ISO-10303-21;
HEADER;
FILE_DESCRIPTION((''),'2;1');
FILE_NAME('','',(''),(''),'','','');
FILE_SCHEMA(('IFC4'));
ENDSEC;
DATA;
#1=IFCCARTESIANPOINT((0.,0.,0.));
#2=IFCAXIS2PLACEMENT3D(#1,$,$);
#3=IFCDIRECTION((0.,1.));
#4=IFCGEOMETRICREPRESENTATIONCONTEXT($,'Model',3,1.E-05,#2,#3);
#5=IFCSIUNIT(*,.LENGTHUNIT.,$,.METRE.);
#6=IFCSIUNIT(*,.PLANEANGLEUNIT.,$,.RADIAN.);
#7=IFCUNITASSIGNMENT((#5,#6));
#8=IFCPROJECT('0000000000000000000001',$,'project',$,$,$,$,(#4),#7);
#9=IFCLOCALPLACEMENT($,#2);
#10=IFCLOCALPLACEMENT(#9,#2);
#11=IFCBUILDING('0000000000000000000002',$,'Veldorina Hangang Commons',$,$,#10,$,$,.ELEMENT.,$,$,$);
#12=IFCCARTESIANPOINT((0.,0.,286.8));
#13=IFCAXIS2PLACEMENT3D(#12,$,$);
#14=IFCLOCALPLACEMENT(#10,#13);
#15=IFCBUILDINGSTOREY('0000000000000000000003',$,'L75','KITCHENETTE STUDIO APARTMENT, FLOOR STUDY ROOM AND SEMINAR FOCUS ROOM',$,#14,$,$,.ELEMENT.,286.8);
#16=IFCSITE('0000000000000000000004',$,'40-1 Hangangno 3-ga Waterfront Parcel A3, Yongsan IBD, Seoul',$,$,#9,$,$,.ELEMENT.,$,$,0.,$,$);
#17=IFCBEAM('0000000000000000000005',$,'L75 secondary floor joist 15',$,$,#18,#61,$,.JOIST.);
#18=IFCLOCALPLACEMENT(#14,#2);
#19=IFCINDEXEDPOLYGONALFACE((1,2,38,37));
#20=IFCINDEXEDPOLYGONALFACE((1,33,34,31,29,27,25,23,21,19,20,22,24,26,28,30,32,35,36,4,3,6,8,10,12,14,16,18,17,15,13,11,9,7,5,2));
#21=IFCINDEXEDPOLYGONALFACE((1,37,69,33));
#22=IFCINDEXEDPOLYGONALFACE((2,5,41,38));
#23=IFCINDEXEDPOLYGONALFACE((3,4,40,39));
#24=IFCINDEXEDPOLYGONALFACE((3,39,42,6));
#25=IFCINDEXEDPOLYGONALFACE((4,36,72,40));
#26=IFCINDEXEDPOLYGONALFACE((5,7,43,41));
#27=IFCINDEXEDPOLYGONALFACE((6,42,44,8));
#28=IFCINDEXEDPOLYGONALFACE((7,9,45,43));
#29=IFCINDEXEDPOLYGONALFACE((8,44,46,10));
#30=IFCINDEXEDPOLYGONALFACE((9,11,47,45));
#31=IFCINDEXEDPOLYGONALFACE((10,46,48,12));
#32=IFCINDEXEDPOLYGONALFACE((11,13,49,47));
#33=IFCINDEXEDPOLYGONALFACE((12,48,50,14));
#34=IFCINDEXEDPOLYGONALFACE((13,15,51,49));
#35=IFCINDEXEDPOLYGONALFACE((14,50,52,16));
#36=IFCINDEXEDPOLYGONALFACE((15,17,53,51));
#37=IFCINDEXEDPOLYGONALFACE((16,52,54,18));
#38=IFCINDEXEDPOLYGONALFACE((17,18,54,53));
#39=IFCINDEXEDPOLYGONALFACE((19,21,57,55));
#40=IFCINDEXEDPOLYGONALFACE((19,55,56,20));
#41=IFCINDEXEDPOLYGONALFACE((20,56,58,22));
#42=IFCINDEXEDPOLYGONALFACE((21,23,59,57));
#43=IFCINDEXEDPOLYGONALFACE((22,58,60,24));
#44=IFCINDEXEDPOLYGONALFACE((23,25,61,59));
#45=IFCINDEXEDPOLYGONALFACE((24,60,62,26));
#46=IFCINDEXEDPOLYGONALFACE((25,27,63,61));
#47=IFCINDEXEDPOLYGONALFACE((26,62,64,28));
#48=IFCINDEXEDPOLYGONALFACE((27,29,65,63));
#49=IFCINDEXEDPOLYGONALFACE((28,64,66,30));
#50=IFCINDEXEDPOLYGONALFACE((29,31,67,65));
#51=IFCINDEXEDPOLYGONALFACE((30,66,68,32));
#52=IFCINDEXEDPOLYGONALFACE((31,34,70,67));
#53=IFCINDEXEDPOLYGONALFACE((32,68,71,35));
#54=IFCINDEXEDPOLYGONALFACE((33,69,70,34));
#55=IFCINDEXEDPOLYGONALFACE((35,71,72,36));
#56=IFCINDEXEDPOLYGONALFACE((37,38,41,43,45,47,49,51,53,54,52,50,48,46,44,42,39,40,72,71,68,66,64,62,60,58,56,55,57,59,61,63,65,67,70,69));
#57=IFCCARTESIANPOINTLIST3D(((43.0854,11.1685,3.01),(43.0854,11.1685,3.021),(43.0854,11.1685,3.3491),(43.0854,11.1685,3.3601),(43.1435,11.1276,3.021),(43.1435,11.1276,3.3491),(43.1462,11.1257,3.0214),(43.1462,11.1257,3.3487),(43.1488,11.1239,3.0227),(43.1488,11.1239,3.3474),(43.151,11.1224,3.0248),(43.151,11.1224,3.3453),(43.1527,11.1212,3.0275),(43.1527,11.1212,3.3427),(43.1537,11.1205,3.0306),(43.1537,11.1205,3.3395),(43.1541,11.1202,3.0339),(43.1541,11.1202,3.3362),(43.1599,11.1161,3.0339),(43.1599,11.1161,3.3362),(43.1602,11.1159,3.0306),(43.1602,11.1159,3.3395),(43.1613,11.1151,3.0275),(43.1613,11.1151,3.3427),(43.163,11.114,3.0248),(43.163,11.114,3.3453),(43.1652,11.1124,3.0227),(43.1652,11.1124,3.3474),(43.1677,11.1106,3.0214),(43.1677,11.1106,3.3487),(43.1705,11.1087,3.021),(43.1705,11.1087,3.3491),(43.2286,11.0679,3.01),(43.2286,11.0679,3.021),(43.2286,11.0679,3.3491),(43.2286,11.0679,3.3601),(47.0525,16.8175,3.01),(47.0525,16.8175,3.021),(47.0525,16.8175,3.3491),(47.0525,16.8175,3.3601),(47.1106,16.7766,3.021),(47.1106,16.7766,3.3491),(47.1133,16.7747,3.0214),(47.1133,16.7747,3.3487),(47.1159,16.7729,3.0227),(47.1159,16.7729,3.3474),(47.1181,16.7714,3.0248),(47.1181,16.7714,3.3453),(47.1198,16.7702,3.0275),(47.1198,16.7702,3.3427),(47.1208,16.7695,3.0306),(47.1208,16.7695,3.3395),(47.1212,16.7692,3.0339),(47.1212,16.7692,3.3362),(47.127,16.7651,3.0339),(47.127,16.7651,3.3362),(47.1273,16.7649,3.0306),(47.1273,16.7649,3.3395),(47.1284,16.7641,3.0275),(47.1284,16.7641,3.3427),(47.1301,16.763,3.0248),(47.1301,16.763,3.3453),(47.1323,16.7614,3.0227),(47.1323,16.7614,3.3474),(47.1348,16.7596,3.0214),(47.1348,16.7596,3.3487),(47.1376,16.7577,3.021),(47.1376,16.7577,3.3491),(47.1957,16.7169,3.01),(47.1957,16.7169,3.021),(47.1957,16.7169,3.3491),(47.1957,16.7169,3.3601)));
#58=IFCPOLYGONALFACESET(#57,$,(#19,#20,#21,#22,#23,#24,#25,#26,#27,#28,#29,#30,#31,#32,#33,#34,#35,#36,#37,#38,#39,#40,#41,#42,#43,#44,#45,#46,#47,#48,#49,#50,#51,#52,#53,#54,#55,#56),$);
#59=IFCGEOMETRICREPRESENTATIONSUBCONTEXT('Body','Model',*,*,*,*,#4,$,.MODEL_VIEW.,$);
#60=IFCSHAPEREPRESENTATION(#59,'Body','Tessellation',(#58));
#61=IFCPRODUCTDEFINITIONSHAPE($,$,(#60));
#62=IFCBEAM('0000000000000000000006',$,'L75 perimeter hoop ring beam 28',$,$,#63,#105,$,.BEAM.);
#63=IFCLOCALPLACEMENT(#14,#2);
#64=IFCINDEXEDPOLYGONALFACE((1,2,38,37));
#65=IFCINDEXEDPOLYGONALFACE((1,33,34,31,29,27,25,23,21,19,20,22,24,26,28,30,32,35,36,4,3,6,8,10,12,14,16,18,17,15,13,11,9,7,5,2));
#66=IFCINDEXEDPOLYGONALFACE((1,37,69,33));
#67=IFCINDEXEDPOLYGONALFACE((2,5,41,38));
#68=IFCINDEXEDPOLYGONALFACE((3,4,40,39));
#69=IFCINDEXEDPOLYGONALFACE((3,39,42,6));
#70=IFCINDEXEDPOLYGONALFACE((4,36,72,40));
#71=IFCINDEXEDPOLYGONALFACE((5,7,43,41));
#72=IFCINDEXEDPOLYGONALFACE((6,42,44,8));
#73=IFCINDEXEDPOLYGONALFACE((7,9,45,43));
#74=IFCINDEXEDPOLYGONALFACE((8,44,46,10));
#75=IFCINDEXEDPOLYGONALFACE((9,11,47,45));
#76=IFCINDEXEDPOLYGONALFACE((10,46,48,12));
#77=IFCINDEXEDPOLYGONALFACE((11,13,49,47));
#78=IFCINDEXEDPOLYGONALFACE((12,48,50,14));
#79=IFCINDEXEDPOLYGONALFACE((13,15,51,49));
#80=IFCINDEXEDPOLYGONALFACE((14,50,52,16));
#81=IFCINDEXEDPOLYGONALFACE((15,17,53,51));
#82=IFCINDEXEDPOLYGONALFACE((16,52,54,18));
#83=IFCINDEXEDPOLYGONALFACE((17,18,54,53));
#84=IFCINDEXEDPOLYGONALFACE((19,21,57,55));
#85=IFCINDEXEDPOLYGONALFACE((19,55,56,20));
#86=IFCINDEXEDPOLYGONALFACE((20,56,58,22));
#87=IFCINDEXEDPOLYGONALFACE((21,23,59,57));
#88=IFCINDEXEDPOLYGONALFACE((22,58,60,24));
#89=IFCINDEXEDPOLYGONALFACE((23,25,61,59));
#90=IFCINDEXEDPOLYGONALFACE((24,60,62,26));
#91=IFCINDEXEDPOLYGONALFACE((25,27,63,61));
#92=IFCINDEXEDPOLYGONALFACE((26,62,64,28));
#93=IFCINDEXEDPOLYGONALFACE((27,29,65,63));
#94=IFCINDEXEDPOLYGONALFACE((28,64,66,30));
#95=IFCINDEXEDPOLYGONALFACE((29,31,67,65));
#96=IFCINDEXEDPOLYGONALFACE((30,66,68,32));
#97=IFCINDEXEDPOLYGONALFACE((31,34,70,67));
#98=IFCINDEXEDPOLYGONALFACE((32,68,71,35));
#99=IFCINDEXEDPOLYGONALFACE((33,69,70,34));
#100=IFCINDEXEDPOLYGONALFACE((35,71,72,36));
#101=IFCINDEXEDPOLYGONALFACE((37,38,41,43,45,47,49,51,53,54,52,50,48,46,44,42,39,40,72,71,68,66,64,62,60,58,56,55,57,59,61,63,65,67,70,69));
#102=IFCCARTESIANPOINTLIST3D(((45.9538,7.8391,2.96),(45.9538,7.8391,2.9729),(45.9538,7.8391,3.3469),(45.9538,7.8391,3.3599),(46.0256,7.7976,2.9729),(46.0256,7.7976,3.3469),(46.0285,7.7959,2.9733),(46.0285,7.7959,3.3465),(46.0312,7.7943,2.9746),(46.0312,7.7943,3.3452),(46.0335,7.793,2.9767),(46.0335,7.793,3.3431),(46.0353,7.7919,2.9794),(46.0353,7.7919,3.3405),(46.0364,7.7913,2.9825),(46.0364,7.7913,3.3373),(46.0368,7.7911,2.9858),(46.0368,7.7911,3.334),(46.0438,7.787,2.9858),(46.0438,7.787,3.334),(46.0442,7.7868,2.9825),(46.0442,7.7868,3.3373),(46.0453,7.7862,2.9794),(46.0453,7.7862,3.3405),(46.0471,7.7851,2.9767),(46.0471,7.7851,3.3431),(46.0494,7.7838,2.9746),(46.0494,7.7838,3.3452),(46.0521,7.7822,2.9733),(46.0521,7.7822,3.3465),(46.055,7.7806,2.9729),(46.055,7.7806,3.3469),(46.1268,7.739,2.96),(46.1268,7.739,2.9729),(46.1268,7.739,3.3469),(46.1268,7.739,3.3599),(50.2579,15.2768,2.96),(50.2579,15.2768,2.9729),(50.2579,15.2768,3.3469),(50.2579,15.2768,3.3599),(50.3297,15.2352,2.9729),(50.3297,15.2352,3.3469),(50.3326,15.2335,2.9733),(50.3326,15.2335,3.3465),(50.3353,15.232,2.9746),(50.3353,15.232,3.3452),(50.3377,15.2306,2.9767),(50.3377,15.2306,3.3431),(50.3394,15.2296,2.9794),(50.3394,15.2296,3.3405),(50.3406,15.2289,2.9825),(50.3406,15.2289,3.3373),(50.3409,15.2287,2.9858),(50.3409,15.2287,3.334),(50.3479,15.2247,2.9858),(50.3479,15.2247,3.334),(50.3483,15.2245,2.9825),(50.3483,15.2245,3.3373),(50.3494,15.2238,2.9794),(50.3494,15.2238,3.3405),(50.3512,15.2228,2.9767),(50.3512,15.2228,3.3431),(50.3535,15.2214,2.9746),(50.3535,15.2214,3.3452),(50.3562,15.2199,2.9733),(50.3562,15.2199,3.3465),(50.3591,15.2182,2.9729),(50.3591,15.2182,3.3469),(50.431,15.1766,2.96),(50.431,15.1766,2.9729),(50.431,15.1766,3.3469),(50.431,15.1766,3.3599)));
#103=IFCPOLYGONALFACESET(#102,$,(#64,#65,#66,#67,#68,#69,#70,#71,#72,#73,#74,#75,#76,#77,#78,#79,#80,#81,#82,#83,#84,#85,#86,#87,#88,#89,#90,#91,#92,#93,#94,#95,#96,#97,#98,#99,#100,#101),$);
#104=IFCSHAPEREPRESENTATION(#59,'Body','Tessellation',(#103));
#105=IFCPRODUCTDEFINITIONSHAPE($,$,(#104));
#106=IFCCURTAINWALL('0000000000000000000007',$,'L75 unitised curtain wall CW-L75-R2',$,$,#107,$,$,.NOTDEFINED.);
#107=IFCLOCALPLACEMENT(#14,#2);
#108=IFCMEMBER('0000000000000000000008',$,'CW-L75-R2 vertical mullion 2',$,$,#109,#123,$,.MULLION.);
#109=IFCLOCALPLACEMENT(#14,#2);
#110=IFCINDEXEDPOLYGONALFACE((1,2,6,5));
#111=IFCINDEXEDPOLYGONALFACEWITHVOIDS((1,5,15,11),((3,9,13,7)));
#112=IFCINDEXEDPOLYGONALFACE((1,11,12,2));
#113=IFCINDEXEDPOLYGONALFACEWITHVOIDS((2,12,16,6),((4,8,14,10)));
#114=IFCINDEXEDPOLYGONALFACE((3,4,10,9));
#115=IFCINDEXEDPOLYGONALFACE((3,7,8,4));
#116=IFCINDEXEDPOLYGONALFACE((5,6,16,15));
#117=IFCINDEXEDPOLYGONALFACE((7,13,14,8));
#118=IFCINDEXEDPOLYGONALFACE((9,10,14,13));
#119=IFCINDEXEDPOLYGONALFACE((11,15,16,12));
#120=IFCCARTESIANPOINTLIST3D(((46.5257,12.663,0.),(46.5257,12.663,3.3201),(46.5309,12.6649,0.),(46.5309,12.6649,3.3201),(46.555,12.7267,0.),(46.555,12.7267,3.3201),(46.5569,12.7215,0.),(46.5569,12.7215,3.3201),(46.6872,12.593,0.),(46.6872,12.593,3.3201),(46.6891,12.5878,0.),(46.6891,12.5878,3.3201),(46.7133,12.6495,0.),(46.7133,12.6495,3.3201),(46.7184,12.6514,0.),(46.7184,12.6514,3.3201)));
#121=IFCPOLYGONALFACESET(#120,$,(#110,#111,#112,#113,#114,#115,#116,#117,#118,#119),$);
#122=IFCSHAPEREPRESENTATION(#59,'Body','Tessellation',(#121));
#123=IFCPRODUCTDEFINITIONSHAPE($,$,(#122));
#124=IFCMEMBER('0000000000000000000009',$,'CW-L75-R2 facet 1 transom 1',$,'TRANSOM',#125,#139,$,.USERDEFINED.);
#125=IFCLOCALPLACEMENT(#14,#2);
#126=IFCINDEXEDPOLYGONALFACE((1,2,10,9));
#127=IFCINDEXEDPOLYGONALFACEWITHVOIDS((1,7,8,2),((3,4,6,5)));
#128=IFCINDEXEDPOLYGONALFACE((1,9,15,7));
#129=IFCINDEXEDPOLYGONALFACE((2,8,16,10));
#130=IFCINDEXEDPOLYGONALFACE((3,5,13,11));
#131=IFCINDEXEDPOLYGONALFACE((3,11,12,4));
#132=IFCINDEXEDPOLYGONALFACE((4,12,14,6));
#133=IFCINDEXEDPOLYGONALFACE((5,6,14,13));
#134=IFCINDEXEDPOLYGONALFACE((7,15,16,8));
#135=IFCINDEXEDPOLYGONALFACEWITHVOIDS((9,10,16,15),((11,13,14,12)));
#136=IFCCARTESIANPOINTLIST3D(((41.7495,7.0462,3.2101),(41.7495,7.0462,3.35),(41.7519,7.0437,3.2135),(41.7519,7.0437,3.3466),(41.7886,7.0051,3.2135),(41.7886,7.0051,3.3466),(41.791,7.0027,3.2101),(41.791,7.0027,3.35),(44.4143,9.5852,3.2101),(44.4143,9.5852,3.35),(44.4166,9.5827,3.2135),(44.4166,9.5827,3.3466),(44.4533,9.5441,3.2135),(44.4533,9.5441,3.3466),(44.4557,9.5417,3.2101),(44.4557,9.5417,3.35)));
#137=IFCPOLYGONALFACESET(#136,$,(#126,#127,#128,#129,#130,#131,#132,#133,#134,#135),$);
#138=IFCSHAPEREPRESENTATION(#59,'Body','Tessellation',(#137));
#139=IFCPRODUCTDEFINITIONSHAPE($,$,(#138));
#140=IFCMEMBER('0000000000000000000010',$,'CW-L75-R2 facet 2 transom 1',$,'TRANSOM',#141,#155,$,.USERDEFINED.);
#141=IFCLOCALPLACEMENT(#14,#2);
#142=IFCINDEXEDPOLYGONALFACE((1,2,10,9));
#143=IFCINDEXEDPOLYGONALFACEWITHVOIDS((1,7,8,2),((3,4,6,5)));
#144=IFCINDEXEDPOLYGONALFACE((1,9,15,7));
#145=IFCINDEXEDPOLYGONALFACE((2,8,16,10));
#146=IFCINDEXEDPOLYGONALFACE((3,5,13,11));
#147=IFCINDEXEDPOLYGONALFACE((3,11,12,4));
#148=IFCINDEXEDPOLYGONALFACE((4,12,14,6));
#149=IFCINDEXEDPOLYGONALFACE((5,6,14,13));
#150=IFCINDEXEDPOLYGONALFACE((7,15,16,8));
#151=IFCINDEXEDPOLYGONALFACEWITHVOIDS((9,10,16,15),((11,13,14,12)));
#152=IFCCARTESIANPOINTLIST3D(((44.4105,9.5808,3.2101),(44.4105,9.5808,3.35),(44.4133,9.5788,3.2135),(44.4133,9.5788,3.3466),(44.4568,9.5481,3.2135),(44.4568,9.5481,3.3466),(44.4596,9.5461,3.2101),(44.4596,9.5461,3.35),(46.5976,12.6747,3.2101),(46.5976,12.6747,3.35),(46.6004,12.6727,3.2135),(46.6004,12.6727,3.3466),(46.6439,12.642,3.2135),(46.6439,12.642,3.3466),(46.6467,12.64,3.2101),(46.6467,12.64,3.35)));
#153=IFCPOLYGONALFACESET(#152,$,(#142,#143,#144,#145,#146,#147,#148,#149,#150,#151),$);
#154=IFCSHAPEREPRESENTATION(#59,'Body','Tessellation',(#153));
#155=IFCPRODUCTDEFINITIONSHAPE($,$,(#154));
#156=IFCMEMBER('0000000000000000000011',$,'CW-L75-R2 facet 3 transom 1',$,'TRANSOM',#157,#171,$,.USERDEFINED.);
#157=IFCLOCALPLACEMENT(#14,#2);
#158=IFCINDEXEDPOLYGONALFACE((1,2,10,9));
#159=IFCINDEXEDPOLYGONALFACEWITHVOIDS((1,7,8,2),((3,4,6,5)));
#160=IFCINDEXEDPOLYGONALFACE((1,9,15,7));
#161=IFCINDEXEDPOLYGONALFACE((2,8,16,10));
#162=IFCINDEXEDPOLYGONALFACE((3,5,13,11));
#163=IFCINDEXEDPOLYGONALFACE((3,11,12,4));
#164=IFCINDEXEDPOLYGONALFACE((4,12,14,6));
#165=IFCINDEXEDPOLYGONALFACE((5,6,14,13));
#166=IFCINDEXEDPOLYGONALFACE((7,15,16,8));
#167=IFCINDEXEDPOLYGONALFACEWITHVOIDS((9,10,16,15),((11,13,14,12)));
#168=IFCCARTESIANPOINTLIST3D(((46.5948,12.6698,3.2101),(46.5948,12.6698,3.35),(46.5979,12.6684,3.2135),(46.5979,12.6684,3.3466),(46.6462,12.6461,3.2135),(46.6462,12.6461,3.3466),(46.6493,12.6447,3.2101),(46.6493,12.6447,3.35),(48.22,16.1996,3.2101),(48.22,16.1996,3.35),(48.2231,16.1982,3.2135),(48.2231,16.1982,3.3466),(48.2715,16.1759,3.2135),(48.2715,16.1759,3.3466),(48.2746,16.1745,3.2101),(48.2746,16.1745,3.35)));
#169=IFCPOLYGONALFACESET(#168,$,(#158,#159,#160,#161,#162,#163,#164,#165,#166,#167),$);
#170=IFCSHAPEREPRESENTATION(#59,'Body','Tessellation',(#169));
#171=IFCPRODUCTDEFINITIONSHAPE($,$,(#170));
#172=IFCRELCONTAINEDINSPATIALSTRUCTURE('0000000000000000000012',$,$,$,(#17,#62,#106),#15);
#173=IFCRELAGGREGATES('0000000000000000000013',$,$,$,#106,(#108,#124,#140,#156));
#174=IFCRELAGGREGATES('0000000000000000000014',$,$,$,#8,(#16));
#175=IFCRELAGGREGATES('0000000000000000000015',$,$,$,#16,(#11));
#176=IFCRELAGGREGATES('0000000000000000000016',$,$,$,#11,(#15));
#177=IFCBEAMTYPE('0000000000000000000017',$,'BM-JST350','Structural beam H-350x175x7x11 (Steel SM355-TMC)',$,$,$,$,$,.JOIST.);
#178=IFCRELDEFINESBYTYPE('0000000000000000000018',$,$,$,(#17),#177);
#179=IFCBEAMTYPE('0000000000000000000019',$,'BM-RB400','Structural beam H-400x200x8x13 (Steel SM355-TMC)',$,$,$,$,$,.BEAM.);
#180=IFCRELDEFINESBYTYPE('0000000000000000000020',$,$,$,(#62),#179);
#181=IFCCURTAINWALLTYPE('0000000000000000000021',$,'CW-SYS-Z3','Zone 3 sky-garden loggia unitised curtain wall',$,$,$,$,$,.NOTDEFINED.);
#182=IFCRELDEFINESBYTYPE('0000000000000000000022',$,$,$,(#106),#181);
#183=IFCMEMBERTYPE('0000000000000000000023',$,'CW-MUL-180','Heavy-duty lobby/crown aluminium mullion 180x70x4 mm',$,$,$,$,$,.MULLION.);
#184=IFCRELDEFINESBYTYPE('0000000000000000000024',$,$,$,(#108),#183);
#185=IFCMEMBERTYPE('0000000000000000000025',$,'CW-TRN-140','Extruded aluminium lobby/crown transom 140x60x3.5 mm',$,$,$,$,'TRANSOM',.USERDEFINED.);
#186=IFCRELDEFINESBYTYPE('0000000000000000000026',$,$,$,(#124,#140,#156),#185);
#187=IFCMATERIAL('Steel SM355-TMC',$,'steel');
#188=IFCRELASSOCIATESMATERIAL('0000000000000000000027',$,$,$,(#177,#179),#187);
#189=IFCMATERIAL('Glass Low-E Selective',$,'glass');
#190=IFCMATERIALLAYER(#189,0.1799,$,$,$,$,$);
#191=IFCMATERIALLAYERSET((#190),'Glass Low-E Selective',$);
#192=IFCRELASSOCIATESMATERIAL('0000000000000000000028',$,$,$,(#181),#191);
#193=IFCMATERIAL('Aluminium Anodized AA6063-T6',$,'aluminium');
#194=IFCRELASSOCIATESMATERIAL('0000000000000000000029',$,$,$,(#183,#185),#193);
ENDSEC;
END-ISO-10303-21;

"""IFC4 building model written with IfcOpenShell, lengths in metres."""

from ifc_helpers import new_model, si_unit, direction, frame, origin, origin_2d, place, context, subcontext, project, spatial, hollow_rectangle, i_section, extrude, material, layer, layer_set, material_profile, profile_set, type_object, element, aggregate, save


model = new_model("IFC4")

# Units and contexts
model_context = context("Model", 3, precision=1e-05, world=origin(), true_north=direction((0.0, 1.0)))
body_context = subcontext(model_context, "Body", "Model", "MODEL_VIEW")
ifc_project = project(units=[si_unit("LENGTHUNIT", "METRE"), si_unit("PLANEANGLEUNIT", "RADIAN")], contexts=[model_context])

# Site, building, storey
site_placement = place(None, origin())
site = spatial("IfcSite", under=ifc_project, at=site_placement, Name="40-1 Hangangno 3-ga Waterfront Parcel A3, Yongsan IBD, Seoul", CompositionType="ELEMENT", RefElevation=0.0)
building_placement = place(site_placement, origin())
building = spatial("IfcBuilding", under=site, at=building_placement, Name="Veldorina Hangang Commons", CompositionType="ELEMENT")
storey_placement = place(building_placement, frame((0.0, 0.0, 286.8)))
storey = spatial("IfcBuildingStorey", under=building, at=storey_placement, Name="L75", Description="KITCHENETTE STUDIO APARTMENT, FLOOR STUDY ROOM AND SEMINAR FOCUS ROOM", CompositionType="ELEMENT", Elevation=286.8)

# Beams
ifc_material_1 = material(Name="Steel SM355-TMC", Category="steel")
ifc_material_profile_1 = material_profile(ifc_material_1, i_section(OverallWidth=0.175, OverallDepth=0.3501, WebThickness=0.0071, FlangeThickness=0.011, FilletRadius=0.0129, at=origin_2d()), Name="H-350x175x7x11")
ifc_profile_set_1 = profile_set([ifc_material_profile_1], Name="Steel SM355-TMC")
beam_type_1 = type_object("IfcBeamType", Name="BM-JST350", Description="Structural beam H-350x175x7x11 (Steel SM355-TMC)", PredefinedType="JOIST", material=ifc_profile_set_1)
beam_1_placement = place(storey_placement, frame((43.157, 11.1182, 3.1851), z_axis=(0.574706, 0.81836, 0.0), x_axis=(-0.81836, 0.574706, 0.0)))
element("IfcBeam", 1, at=beam_1_placement, inside=storey, type_object=beam_type_1, Name="L75 secondary floor joist 15", PredefinedType="JOIST", context=body_context, shape_type="SweptSolid", body=[
    extrude(i_section(OverallWidth=0.175, OverallDepth=0.3501, WebThickness=0.0071, FlangeThickness=0.011, FilletRadius=0.0129, at=origin_2d()), origin(), (0.0, 0.0, 1.0), 6.9028),
])
ifc_material_profile_2 = material_profile(ifc_material_1, i_section(OverallWidth=0.2, OverallDepth=0.3999, WebThickness=0.0081, FlangeThickness=0.0129, FilletRadius=0.0129, at=origin_2d()), Name="H-400x200x8x13")
ifc_profile_set_2 = profile_set([ifc_material_profile_2], Name="Steel SM355-TMC")
beam_type_2 = type_object("IfcBeamType", Name="BM-RB400", Description="Structural beam H-400x200x8x13 (Steel SM355-TMC)", PredefinedType="BEAM", material=ifc_profile_set_2)
beam_2_placement = place(storey_placement, frame((46.0403, 7.7891, 3.1599), z_axis=(0.500874, 0.86552, 0.0), x_axis=(-0.86552, 0.500874, 0.0)))
element("IfcBeam", 2, at=beam_2_placement, inside=storey, type_object=beam_type_2, Name="L75 perimeter hoop ring beam 28", PredefinedType="BEAM", context=body_context, shape_type="SweptSolid", body=[
    extrude(i_section(OverallWidth=0.2, OverallDepth=0.3999, WebThickness=0.0081, FlangeThickness=0.0129, FilletRadius=0.0129, at=origin_2d()), origin(), (0.0, 0.0, 1.0), 8.5933),
])

# Curtain wall, members
ifc_material_2 = material(Name="Glass Low-E Selective", Category="glass")
ifc_layer_1 = layer(ifc_material_2, 0.1799)
ifc_layer_set_1 = layer_set([ifc_layer_1], Name="Glass Low-E Selective")
curtain_wall_type = type_object("IfcCurtainWallType", Name="CW-SYS-Z3", Description="Zone 3 sky-garden loggia unitised curtain wall", PredefinedType="NOTDEFINED", material=ifc_layer_set_1)
curtain_wall_placement = place(storey_placement, origin())
curtain_wall = element("IfcCurtainWall", 3, at=curtain_wall_placement, inside=storey, type_object=curtain_wall_type, Name="L75 unitised curtain wall CW-L75-R2", PredefinedType="NOTDEFINED")
ifc_material_3 = material(Name="Aluminium Anodized AA6063-T6", Category="aluminium")
ifc_material_profile_3 = material_profile(ifc_material_3, hollow_rectangle(XDim=0.0701, YDim=0.1799, WallThickness=0.0039, at=origin_2d()), Name="ALU-RHS-180x70x4")
ifc_profile_set_3 = profile_set([ifc_material_profile_3], Name="Aluminium Anodized AA6063-T6")
member_type_1 = type_object("IfcMemberType", Name="CW-MUL-180", Description="Heavy-duty lobby/crown aluminium mullion 180x70x4 mm", PredefinedType="MULLION", material=ifc_profile_set_3)
member_1_placement = place(storey_placement, frame((46.6221, 12.6572, 0.0), z_axis=(0.0, 0.0, 1.0), x_axis=(0.418232, 0.90834, 0.0)))
member_1 = element("IfcMember", 4, at=member_1_placement, type_object=member_type_1, Name="CW-L75-R2 vertical mullion 2", PredefinedType="MULLION", context=body_context, shape_type="SweptSolid", body=[
    extrude(hollow_rectangle(XDim=0.0701, YDim=0.1799, WallThickness=0.0039, at=origin_2d()), origin(), (0.0, 0.0, 1.0), 3.3201),
])
ifc_material_profile_4 = material_profile(ifc_material_3, hollow_rectangle(XDim=0.0601, YDim=0.1399, WallThickness=0.0034, at=origin_2d()), Name="ALU-RHS-140x60x3.5")
ifc_profile_set_4 = profile_set([ifc_material_profile_4], Name="Aluminium Anodized AA6063-T6")
member_type_2 = type_object("IfcMemberType", Name="CW-TRN-140", Description="Extruded aluminium lobby/crown transom 140x60x3.5 mm", ElementType="TRANSOM", PredefinedType="USERDEFINED", material=ifc_profile_set_4)
member_2_placement = place(storey_placement, frame((41.7703, 7.0244, 3.28), z_axis=(0.72398, 0.689821, 0.0), x_axis=(-0.689821, 0.72398, 0.0)))
member_2 = element("IfcMember", 5, at=member_2_placement, type_object=member_type_2, Name="CW-L75-R2 facet 1 transom 1", ObjectType="TRANSOM", PredefinedType="USERDEFINED", context=body_context, shape_type="SweptSolid", body=[
    extrude(hollow_rectangle(XDim=0.0601, YDim=0.1399, WallThickness=0.0034, at=origin_2d()), origin(), (0.0, 0.0, 1.0), 3.6807),
])
member_3_placement = place(storey_placement, frame((44.4351, 9.5635, 3.28), z_axis=(0.577245, 0.816571, 0.0), x_axis=(-0.816571, 0.577245, 0.0)))
member_3 = element("IfcMember", 6, at=member_3_placement, type_object=member_type_2, Name="CW-L75-R2 facet 2 transom 1", ObjectType="TRANSOM", PredefinedType="USERDEFINED", context=body_context, shape_type="SweptSolid", body=[
    extrude(hollow_rectangle(XDim=0.0601, YDim=0.1399, WallThickness=0.0034, at=origin_2d()), origin(), (0.0, 0.0, 1.0), 3.7888),
])
member_4_placement = place(storey_placement, frame((46.6221, 12.6572, 3.28), z_axis=(0.418233, 0.90834, 0.0), x_axis=(-0.90834, 0.418233, 0.0)))
member_4 = element("IfcMember", 7, at=member_4_placement, type_object=member_type_2, Name="CW-L75-R2 facet 3 transom 1", ObjectType="TRANSOM", PredefinedType="USERDEFINED", context=body_context, shape_type="SweptSolid", body=[
    extrude(hollow_rectangle(XDim=0.0601, YDim=0.1399, WallThickness=0.0034, at=origin_2d()), origin(), (0.0, 0.0, 1.0), 3.886),
])

aggregate(curtain_wall, [member_1, member_2, member_3, member_4])

save(model, "model.ifc")
